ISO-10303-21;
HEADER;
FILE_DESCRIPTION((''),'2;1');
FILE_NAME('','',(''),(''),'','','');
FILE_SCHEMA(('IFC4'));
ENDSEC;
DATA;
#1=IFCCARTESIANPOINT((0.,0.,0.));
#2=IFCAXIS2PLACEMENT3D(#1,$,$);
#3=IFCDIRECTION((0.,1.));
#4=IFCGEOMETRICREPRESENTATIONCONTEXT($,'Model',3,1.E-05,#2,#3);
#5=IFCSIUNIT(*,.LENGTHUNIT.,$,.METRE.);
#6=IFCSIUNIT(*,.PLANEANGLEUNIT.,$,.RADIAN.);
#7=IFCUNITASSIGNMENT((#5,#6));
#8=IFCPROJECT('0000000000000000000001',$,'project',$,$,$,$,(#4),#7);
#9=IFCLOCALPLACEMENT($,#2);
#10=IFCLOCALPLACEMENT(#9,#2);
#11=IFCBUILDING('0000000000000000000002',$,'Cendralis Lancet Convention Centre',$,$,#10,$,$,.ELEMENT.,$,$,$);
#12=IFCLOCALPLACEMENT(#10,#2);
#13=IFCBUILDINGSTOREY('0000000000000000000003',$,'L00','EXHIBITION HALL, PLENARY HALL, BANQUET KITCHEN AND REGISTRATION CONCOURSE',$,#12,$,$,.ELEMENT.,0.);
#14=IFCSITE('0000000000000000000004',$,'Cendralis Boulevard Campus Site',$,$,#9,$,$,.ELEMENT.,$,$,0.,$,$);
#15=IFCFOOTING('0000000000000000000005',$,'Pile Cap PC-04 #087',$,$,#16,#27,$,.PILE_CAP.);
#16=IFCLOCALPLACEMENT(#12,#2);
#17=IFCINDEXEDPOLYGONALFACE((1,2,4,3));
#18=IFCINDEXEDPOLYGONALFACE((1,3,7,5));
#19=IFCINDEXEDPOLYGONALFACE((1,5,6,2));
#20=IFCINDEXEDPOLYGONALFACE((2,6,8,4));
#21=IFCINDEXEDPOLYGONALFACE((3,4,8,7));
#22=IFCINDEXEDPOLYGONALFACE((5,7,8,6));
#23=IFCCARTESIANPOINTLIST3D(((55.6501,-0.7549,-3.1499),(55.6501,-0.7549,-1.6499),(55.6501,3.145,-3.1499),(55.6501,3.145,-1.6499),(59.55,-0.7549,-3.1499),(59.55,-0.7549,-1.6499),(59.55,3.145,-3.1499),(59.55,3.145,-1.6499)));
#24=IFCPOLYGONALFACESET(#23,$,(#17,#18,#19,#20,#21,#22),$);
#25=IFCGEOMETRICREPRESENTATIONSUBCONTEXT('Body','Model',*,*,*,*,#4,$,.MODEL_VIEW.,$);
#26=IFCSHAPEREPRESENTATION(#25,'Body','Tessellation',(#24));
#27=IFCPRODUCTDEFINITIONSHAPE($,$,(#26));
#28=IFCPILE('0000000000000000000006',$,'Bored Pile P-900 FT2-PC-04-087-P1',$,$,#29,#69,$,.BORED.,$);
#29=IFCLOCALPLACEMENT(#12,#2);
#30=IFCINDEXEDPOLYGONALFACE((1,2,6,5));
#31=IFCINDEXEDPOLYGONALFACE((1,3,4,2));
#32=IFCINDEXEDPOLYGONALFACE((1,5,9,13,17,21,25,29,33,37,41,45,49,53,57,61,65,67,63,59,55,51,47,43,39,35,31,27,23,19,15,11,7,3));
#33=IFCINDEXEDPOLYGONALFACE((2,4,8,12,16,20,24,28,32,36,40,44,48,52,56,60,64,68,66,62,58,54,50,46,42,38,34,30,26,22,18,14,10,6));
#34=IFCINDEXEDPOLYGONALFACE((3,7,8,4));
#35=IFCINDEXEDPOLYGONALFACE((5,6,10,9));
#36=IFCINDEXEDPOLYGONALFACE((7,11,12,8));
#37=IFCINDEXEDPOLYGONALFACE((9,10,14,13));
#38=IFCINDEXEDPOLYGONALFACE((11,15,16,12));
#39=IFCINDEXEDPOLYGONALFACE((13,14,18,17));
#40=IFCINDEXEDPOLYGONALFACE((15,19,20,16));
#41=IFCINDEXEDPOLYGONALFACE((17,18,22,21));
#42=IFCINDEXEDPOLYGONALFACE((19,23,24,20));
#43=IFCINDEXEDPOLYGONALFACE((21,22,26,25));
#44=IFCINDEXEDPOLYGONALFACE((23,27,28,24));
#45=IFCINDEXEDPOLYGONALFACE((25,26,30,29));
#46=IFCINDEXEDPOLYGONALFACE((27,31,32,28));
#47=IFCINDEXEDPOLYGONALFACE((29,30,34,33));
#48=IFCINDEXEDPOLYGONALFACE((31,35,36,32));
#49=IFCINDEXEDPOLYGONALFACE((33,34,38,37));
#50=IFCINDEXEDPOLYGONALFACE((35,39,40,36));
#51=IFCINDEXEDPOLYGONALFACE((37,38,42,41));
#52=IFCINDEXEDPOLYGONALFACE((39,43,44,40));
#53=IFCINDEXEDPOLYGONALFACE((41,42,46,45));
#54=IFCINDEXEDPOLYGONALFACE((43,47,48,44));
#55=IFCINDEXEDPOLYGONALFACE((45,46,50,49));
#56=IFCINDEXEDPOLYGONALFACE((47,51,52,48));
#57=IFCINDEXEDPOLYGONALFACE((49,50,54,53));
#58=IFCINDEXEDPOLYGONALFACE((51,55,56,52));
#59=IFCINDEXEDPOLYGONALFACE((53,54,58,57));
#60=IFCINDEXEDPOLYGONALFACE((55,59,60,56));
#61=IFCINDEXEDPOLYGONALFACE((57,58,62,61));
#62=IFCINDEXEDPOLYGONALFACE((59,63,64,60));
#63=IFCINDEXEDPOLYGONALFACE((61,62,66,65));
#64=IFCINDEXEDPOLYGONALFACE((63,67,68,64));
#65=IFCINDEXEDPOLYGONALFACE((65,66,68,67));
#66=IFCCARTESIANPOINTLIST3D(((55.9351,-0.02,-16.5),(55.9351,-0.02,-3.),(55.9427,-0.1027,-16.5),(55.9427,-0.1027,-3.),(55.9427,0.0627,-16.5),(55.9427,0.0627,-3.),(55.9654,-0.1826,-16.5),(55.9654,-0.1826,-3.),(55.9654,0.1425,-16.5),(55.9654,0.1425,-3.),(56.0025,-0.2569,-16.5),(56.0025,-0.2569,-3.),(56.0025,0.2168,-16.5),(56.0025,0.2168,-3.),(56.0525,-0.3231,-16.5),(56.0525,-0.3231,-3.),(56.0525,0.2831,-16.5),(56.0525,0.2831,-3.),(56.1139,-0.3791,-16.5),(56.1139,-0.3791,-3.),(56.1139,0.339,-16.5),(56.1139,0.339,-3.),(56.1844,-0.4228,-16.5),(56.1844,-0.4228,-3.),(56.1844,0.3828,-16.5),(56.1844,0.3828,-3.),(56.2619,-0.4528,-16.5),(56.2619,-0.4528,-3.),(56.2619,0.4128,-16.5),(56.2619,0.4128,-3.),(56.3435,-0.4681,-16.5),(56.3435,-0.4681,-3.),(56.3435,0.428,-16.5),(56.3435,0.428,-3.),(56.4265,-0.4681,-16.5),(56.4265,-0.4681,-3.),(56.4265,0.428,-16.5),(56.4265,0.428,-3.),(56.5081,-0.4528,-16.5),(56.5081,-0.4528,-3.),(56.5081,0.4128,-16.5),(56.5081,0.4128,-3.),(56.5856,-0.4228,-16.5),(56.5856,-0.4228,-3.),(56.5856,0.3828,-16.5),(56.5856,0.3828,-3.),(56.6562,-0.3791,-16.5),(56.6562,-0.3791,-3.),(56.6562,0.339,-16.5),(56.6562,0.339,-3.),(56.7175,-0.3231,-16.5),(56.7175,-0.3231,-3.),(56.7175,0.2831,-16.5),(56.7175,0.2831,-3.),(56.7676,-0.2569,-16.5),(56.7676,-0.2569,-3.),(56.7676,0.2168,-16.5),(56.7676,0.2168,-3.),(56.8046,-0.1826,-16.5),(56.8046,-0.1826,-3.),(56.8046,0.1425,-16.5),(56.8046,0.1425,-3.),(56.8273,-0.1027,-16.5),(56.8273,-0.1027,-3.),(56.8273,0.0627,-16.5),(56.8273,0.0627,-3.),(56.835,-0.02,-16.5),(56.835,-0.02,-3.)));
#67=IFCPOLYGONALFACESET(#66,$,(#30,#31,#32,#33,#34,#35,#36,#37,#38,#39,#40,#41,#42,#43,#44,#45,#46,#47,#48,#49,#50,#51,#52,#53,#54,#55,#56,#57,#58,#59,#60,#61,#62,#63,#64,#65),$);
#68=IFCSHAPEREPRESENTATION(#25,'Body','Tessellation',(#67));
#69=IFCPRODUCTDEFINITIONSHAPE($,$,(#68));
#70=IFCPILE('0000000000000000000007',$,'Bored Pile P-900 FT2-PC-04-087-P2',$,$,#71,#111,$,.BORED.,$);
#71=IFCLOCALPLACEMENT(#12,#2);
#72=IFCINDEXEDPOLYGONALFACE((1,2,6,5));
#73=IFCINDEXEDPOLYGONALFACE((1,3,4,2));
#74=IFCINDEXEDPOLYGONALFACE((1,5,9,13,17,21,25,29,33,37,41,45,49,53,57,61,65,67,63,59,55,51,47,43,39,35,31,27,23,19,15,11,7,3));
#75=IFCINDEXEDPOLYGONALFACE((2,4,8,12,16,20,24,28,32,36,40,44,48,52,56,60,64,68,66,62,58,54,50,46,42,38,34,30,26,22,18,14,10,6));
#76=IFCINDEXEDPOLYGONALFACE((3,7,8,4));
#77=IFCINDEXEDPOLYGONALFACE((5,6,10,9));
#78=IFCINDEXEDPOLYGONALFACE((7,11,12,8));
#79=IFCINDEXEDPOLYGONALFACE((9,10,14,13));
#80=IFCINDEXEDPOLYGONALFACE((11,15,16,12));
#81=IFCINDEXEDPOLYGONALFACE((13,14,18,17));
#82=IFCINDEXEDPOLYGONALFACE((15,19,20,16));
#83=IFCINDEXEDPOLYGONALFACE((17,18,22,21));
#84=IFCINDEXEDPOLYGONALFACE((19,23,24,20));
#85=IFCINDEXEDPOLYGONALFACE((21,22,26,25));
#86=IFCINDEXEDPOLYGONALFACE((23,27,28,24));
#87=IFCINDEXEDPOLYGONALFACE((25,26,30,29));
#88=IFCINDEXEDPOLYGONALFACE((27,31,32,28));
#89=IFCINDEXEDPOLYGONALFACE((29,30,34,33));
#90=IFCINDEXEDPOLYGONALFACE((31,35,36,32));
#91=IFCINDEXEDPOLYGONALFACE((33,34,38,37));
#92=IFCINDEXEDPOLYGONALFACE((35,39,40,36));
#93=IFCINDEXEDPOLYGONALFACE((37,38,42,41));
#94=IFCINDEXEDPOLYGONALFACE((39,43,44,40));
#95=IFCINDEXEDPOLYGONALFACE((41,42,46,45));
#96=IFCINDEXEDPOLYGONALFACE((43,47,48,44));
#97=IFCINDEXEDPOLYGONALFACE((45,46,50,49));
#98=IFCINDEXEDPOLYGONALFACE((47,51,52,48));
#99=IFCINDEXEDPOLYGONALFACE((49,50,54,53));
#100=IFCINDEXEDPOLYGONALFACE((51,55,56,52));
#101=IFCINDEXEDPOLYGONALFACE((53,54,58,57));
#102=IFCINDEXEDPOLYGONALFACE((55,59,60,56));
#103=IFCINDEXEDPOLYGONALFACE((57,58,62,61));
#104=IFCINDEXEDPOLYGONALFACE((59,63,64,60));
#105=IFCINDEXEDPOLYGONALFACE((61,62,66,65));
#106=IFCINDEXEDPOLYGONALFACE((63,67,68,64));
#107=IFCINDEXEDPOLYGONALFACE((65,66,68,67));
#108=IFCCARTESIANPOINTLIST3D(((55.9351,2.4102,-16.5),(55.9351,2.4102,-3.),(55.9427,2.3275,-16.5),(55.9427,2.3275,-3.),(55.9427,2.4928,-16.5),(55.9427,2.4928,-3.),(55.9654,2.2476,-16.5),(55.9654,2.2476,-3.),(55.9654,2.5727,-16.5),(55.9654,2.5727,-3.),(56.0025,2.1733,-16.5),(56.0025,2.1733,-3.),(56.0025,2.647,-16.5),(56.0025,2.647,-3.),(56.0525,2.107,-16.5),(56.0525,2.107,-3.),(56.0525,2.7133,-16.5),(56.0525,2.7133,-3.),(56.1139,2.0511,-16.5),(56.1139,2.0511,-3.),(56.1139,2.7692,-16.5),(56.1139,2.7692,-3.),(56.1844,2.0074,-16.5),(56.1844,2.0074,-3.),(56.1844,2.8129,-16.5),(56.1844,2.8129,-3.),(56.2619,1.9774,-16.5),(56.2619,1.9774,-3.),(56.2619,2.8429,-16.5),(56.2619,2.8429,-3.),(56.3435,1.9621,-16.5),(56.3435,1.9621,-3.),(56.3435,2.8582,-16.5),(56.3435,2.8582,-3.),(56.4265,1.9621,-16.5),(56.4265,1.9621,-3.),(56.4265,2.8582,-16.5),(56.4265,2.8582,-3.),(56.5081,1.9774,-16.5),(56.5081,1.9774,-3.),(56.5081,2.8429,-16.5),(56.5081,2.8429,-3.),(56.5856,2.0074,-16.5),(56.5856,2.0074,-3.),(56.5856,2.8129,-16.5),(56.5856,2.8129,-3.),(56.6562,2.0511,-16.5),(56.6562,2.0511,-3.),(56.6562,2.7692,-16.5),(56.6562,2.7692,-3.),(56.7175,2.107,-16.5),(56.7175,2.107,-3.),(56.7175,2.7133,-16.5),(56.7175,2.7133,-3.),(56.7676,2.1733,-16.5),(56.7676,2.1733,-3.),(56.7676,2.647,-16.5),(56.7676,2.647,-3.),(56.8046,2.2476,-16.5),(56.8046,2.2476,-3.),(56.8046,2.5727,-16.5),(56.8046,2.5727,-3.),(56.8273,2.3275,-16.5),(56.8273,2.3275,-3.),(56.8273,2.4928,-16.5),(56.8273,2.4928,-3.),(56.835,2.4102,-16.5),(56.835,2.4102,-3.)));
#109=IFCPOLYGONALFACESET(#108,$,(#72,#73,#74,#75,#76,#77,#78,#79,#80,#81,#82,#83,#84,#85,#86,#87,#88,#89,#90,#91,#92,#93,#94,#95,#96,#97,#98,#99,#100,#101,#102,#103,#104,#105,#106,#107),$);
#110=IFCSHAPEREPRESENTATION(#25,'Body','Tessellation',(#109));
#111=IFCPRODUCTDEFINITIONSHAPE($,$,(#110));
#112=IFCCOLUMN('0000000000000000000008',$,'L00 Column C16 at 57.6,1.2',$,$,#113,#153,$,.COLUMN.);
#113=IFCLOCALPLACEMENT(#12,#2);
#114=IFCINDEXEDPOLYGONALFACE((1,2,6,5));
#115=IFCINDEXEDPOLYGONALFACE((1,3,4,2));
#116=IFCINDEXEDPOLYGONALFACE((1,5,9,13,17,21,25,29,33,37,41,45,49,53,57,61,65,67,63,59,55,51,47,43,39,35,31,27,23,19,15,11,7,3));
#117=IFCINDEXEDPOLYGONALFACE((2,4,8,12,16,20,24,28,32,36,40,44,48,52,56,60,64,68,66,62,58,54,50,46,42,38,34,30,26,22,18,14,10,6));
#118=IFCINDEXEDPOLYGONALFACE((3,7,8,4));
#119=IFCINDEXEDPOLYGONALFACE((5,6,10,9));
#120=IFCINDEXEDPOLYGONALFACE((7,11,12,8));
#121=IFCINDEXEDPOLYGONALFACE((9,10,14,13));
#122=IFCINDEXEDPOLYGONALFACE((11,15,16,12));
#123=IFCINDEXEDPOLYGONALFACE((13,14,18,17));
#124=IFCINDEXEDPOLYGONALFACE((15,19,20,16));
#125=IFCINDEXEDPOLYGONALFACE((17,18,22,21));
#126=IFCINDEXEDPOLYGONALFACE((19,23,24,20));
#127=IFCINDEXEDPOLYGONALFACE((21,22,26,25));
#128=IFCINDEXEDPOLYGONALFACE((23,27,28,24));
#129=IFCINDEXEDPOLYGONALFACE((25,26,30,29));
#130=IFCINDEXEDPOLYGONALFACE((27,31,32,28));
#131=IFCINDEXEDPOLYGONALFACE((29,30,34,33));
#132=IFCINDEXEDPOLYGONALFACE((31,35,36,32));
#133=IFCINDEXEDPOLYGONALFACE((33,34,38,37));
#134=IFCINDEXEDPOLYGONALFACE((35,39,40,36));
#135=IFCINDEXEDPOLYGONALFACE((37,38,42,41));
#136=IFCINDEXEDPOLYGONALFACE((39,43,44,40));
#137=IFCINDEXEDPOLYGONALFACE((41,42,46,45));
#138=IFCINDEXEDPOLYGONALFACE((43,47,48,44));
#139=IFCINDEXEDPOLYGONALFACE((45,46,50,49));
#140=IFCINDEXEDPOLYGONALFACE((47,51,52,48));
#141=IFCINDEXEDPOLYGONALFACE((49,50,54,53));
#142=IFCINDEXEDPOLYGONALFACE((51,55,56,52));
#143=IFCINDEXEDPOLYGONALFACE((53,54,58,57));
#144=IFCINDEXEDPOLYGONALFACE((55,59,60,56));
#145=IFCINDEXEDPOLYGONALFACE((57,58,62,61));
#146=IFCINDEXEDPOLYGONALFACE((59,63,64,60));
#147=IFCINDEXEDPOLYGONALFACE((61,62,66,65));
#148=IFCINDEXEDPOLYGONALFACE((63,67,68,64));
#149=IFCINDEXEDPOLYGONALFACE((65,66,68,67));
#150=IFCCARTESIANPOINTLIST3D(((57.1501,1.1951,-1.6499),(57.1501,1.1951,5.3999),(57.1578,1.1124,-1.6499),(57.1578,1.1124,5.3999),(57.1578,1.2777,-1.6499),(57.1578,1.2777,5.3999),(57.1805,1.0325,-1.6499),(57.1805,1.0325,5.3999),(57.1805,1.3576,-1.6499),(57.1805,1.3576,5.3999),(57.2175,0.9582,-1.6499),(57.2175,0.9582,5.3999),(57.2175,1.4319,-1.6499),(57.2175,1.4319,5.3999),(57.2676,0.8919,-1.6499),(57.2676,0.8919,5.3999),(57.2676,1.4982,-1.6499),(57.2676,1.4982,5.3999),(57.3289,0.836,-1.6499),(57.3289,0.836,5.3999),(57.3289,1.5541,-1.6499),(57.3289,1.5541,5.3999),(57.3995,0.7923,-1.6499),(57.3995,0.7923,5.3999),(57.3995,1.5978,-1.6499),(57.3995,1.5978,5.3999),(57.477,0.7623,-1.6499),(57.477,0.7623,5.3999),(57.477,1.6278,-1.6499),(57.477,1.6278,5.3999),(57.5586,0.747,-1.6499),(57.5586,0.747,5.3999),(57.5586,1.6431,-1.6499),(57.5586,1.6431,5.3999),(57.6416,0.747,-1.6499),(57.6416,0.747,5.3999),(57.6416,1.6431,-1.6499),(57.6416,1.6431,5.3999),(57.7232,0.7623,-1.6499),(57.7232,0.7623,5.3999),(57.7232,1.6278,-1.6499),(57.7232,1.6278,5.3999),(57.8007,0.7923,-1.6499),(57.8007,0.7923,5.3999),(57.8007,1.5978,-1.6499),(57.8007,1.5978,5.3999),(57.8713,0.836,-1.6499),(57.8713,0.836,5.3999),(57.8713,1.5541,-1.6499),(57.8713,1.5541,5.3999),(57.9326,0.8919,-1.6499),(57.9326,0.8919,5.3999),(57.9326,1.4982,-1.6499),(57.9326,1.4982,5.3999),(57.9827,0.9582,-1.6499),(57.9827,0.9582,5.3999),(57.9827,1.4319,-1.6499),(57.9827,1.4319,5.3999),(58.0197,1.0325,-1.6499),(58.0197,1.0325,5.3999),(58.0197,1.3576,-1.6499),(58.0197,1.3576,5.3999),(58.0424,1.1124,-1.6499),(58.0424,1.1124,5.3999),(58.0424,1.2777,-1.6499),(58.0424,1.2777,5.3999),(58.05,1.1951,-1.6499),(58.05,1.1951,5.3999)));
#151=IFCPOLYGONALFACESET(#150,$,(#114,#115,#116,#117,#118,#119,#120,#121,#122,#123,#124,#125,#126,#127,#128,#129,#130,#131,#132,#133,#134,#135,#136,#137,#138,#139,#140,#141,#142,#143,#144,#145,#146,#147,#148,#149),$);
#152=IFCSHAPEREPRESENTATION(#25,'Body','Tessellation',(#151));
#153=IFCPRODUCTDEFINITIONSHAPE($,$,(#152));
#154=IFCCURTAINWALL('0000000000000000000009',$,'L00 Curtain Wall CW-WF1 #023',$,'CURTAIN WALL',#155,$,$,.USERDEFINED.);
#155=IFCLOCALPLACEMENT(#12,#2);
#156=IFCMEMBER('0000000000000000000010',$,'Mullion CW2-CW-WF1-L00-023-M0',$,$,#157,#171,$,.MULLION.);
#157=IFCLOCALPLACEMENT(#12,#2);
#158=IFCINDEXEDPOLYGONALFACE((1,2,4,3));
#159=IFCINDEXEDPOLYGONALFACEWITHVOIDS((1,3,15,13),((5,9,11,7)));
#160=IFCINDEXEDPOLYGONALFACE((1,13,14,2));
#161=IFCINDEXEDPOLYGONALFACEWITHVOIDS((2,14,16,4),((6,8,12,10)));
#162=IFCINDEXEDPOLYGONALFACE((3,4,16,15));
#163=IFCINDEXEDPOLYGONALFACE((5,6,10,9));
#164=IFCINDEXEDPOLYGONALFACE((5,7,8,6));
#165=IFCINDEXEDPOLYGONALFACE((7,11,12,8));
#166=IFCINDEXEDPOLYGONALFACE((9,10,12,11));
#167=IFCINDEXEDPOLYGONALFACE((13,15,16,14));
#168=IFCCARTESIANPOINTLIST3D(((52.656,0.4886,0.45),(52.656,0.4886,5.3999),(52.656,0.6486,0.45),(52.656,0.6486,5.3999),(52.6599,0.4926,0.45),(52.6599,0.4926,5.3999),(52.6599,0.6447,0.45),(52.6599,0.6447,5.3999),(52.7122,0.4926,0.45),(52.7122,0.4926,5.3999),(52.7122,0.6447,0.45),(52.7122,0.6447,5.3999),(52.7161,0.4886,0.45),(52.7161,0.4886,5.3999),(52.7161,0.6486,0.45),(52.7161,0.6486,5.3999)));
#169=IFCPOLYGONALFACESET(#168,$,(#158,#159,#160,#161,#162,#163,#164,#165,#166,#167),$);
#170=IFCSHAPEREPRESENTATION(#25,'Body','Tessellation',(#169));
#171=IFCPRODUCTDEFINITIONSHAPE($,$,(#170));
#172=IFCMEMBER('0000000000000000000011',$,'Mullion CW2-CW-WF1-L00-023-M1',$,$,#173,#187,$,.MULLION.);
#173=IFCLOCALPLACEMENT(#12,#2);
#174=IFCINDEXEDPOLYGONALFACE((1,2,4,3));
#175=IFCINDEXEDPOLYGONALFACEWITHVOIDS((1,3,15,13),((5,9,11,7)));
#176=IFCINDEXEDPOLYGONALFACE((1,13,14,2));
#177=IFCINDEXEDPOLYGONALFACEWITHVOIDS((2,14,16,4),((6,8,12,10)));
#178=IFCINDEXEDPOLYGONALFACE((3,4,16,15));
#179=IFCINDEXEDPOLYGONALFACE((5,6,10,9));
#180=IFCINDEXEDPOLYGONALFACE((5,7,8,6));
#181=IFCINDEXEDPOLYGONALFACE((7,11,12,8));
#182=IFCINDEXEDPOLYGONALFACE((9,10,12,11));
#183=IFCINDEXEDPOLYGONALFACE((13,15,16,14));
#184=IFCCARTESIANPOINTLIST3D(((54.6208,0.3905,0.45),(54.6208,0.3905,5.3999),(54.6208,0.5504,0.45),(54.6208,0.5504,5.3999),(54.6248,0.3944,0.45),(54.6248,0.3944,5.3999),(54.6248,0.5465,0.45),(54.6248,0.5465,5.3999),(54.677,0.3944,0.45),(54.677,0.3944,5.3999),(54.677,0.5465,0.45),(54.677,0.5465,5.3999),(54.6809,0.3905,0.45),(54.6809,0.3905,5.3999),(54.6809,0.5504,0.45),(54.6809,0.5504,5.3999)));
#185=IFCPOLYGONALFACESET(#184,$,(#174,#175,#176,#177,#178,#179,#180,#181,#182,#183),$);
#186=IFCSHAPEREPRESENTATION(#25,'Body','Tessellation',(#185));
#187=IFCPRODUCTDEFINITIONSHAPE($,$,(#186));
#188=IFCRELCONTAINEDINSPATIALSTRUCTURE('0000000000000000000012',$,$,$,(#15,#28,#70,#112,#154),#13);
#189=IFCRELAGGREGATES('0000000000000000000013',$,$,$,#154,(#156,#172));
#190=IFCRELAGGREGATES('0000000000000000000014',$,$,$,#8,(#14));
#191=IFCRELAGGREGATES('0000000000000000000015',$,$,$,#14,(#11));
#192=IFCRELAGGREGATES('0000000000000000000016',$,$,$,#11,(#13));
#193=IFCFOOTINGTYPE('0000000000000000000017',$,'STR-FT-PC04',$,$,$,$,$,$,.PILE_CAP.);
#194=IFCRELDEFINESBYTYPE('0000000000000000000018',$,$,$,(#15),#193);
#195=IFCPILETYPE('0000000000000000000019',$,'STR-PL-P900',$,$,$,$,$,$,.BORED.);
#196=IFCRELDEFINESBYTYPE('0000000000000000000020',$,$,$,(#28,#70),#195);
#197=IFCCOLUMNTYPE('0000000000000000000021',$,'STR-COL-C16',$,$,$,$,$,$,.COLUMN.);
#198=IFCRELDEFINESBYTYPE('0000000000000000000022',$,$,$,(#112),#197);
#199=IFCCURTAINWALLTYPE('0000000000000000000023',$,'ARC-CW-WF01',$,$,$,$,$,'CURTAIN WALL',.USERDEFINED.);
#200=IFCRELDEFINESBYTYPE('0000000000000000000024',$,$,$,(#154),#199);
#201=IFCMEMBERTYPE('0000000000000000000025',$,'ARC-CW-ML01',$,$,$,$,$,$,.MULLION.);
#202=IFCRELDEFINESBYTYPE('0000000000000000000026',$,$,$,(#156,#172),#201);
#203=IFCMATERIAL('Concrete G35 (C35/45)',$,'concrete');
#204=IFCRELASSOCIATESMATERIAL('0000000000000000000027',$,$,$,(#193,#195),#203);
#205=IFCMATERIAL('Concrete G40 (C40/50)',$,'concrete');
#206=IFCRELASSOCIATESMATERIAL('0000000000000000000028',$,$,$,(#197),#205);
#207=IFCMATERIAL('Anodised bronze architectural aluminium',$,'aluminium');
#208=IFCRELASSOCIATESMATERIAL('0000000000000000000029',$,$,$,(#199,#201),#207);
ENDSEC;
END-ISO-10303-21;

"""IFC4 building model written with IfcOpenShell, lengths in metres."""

from ifc_helpers import new_model, si_unit, direction, frame, origin, origin_2d, place, context, subcontext, project, spatial, rectangle, hollow_rectangle, circle, extrude, material, material_profile, profile_set, type_object, element, aggregate, save


model = new_model("IFC4")

# Units and contexts
model_context = context("Model", 3, precision=1e-05, world=origin(), true_north=direction((0.0, 1.0)))
body_context = subcontext(model_context, "Body", "Model", "MODEL_VIEW")
ifc_project = project(units=[si_unit("LENGTHUNIT", "METRE"), si_unit("PLANEANGLEUNIT", "RADIAN")], contexts=[model_context])

# Site, building, storey
site_placement = place(None, origin())
site = spatial("IfcSite", under=ifc_project, at=site_placement, Name="Cendralis Boulevard Campus Site", CompositionType="ELEMENT", RefElevation=0.0)
building_placement = place(site_placement, origin())
building = spatial("IfcBuilding", under=site, at=building_placement, Name="Cendralis Lancet Convention Centre", CompositionType="ELEMENT")
storey_placement = place(building_placement, origin())
storey = spatial("IfcBuildingStorey", under=building, at=storey_placement, Name="L00", Description="EXHIBITION HALL, PLENARY HALL, BANQUET KITCHEN AND REGISTRATION CONCOURSE", CompositionType="ELEMENT", Elevation=0.0)

# Footing
ifc_material_1 = material(Name="Concrete G35 (C35/45)", Category="concrete")
footing_type = type_object("IfcFootingType", Name="STR-FT-PC04", PredefinedType="PILE_CAP", material=ifc_material_1)
footing_placement = place(storey_placement, frame((57.6001, 1.1951, -3.1499), z_axis=(0.0, 0.0, 1.0), x_axis=(1.0, 0.0, 0.0)))
element("IfcFooting", 1, at=footing_placement, inside=storey, type_object=footing_type, Name="Pile Cap PC-04 #087", PredefinedType="PILE_CAP", context=body_context, shape_type="SweptSolid", body=[
    extrude(rectangle(XDim=3.8999, YDim=3.8999, at=origin_2d()), origin(), (0.0, 0.0, 1.0), 1.5),
])

# Piles
ifc_material_profile_1 = material_profile(ifc_material_1, circle(Radius=0.45, at=origin_2d()), Name="BORED PILE D900")
ifc_profile_set_1 = profile_set([ifc_material_profile_1], Name="Concrete G35 (C35/45)")
pile_type = type_object("IfcPileType", Name="STR-PL-P900", PredefinedType="BORED", material=ifc_profile_set_1)
for number, where, z_axis, x_axis, name in (
    (2, (56.385, -0.02, -3.0), (0.0, 0.0, -1.0), (1.0, 0.0, 0.0), "Bored Pile P-900 FT2-PC-04-087-P1"),
    (3, (56.385, 2.4102, -3.0), (0.0, 0.0, -1.0), (1.0, 0.0, 0.0), "Bored Pile P-900 FT2-PC-04-087-P2"),
):
    element("IfcPile", number, at=place(storey_placement, frame(where, z_axis=z_axis, x_axis=x_axis)), inside=storey, type_object=pile_type, Name=name, PredefinedType="BORED", context=body_context, shape_type="SweptSolid", body=[
        extrude(circle(Radius=0.45, at=origin_2d()), origin(), (0.0, 0.0, 1.0), 13.5),
    ])

# Column
ifc_material_2 = material(Name="Concrete G40 (C40/50)", Category="concrete")
ifc_material_profile_2 = material_profile(ifc_material_2, circle(Radius=0.45, at=origin_2d()), Name="RC D900")
ifc_profile_set_2 = profile_set([ifc_material_profile_2], Name="Concrete G40 (C40/50)")
column_type = type_object("IfcColumnType", Name="STR-COL-C16", PredefinedType="COLUMN", material=ifc_profile_set_2)
column_placement = place(storey_placement, frame((57.6001, 1.1951, -1.6499), z_axis=(0.0, 0.0, 1.0), x_axis=(1.0, 0.0, 0.0)))
element("IfcColumn", 4, at=column_placement, inside=storey, type_object=column_type, Name="L00 Column C16 at 57.6,1.2", PredefinedType="COLUMN", context=body_context, shape_type="SweptSolid", body=[
    extrude(circle(Radius=0.45, at=origin_2d()), origin(), (0.0, 0.0, 1.0), 7.0498),
])

# Curtain wall, members
ifc_material_3 = material(Name="Anodised bronze architectural aluminium", Category="aluminium")
curtain_wall_type = type_object("IfcCurtainWallType", Name="ARC-CW-WF01", ElementType="CURTAIN WALL", PredefinedType="USERDEFINED", material=ifc_material_3)
curtain_wall_1_placement = place(storey_placement, origin())
curtain_wall_1 = element("IfcCurtainWall", 5, at=curtain_wall_1_placement, inside=storey, type_object=curtain_wall_type, Name="L00 Curtain Wall CW-WF1 #023", ObjectType="CURTAIN WALL", PredefinedType="USERDEFINED")
ifc_material_profile_3 = material_profile(ifc_material_3, hollow_rectangle(XDim=0.0601, YDim=0.1599, WallThickness=0.0039, at=origin_2d()), Name="AL-MULL 60x160x4.0")
ifc_profile_set_3 = profile_set([ifc_material_profile_3], Name="Anodised bronze architectural aluminium")
member_type_1 = type_object("IfcMemberType", Name="ARC-CW-ML01", PredefinedType="MULLION", material=ifc_profile_set_3)
member_1_placement = place(storey_placement, frame((52.686, 0.5686, 0.45), z_axis=(0.0, 0.0, 1.0), x_axis=(1.0, 0.0, 0.0)))
member_1 = element("IfcMember", 6, at=member_1_placement, type_object=member_type_1, Name="Mullion CW2-CW-WF1-L00-023-M0", PredefinedType="MULLION", context=body_context, shape_type="SweptSolid", body=[
    extrude(hollow_rectangle(XDim=0.0601, YDim=0.1599, WallThickness=0.0039, at=origin_2d()), origin(), (0.0, 0.0, 1.0), 4.95),
])
member_2_placement = place(storey_placement, frame((54.6509, 0.4705, 0.45), z_axis=(0.0, 0.0, 1.0), x_axis=(1.0, 0.0, 0.0)))
member_2 = element("IfcMember", 7, at=member_2_placement, type_object=member_type_1, Name="Mullion CW2-CW-WF1-L00-023-M1", PredefinedType="MULLION", context=body_context, shape_type="SweptSolid", body=[
    extrude(hollow_rectangle(XDim=0.0601, YDim=0.1599, WallThickness=0.0039, at=origin_2d()), origin(), (0.0, 0.0, 1.0), 4.95),
])

aggregate(curtain_wall_1, [member_1, member_2])

save(model, "model.ifc")
